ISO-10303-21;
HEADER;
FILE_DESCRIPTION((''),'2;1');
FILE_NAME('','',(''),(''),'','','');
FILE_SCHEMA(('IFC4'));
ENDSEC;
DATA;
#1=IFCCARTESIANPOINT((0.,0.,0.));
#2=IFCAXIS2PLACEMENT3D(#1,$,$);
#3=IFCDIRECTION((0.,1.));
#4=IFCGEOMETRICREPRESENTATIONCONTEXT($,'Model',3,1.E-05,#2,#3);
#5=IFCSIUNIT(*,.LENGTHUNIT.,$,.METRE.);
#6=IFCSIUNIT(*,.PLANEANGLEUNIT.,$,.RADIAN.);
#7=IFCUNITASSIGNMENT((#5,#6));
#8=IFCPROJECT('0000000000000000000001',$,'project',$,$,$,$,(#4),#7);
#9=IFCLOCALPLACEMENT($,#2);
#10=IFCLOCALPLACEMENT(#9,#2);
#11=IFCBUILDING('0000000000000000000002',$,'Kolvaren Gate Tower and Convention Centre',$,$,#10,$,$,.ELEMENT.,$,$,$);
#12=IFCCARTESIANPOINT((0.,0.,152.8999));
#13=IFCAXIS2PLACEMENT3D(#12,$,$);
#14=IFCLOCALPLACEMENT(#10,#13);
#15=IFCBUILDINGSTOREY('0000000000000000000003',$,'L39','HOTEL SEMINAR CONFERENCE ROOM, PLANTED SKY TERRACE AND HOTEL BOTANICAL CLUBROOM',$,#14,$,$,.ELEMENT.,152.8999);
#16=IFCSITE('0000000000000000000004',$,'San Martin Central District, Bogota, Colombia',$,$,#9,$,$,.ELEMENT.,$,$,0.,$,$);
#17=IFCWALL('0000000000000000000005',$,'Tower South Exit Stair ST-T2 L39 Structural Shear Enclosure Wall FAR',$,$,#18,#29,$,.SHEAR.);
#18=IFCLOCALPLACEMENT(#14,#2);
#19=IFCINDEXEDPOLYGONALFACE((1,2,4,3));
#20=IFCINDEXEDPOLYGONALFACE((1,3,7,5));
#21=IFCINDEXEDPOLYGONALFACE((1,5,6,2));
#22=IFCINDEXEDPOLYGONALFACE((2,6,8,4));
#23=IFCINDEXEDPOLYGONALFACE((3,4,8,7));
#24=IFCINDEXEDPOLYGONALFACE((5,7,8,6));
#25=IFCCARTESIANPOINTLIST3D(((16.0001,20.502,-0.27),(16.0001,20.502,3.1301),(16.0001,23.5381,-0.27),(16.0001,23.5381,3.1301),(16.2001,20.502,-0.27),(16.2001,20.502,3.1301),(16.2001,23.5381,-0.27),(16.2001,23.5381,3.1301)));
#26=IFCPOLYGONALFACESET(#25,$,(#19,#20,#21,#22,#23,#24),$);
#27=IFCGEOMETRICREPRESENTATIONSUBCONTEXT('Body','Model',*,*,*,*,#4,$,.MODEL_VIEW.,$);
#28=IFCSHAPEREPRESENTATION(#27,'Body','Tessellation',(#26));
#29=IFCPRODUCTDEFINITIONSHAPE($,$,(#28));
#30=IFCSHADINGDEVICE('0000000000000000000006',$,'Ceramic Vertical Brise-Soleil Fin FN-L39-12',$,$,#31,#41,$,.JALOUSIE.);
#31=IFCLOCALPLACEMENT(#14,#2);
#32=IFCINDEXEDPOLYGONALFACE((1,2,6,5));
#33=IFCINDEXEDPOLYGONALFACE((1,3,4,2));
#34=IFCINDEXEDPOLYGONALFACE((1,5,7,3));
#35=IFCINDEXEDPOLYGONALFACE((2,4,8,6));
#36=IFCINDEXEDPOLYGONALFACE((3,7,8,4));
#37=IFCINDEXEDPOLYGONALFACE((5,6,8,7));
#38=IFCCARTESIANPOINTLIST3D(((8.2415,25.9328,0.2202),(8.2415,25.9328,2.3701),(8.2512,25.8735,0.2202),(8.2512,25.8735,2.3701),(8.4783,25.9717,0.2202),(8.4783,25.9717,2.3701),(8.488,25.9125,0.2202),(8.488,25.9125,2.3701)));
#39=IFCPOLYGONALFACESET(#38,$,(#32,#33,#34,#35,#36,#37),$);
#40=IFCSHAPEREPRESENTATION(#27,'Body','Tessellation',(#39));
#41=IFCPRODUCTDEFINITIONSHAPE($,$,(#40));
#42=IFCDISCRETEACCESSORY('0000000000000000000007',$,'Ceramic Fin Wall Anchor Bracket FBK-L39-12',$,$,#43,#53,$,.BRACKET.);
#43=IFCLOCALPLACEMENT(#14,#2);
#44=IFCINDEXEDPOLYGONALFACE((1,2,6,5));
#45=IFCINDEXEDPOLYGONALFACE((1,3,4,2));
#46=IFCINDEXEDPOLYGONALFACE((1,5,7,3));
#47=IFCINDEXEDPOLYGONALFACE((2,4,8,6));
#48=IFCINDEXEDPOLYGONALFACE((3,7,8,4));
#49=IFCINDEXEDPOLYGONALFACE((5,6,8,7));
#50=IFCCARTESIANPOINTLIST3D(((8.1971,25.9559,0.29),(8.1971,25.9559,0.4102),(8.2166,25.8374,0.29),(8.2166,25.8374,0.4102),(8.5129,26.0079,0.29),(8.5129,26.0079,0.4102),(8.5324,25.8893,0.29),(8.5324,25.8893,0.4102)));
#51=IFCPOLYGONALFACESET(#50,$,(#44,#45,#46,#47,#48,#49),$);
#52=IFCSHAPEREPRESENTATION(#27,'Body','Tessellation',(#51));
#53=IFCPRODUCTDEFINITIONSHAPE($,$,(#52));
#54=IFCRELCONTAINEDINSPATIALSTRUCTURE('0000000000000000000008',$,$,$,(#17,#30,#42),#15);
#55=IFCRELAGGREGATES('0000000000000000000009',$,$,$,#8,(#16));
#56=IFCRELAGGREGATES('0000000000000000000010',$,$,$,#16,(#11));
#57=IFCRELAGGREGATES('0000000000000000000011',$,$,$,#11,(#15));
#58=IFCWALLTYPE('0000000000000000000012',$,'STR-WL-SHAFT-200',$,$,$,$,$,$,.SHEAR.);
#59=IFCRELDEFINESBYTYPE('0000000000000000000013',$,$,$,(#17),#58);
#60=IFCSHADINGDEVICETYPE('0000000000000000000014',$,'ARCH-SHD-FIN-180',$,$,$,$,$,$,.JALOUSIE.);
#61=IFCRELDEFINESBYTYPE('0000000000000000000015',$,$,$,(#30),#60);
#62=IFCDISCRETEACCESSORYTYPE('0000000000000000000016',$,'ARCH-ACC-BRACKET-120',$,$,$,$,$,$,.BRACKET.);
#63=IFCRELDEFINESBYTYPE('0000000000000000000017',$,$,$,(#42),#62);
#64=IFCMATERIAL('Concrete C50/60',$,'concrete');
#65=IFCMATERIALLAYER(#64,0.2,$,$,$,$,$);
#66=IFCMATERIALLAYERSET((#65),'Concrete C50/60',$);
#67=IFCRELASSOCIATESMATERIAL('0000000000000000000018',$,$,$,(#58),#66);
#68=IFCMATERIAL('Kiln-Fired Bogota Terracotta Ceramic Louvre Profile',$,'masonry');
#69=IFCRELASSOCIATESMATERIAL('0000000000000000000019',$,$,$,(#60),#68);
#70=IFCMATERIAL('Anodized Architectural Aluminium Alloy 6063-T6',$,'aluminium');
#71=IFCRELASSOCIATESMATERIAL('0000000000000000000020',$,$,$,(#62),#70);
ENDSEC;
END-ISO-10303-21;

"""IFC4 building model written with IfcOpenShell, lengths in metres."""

from ifc_helpers import new_model, si_unit, direction, frame, frame_2d, origin, origin_2d, place, context, subcontext, project, spatial, rectangle, extrude, material, layer, layer_set, type_object, element, save


model = new_model("IFC4")

# Units and contexts
model_context = context("Model", 3, precision=1e-05, world=origin(), true_north=direction((0.0, 1.0)))
body_context = subcontext(model_context, "Body", "Model", "MODEL_VIEW")
ifc_project = project(units=[si_unit("LENGTHUNIT", "METRE"), si_unit("PLANEANGLEUNIT", "RADIAN")], contexts=[model_context])

# Site, building, storey
site_placement = place(None, origin())
site = spatial("IfcSite", under=ifc_project, at=site_placement, Name="San Martin Central District, Bogota, Colombia", CompositionType="ELEMENT", RefElevation=0.0)
building_placement = place(site_placement, origin())
building = spatial("IfcBuilding", under=site, at=building_placement, Name="Kolvaren Gate Tower and Convention Centre", CompositionType="ELEMENT")
storey_placement = place(building_placement, frame((0.0, 0.0, 152.8999)))
storey = spatial("IfcBuildingStorey", under=building, at=storey_placement, Name="L39", Description="HOTEL SEMINAR CONFERENCE ROOM, PLANTED SKY TERRACE AND HOTEL BOTANICAL CLUBROOM", CompositionType="ELEMENT", Elevation=152.8999)

# Wall
ifc_material_1 = material(Name="Concrete C50/60", Category="concrete")
ifc_layer_1 = layer(ifc_material_1, 0.2)
ifc_layer_set_1 = layer_set([ifc_layer_1], Name="Concrete C50/60")
wall_type_1 = type_object("IfcWallType", Name="STR-WL-SHAFT-200", PredefinedType="SHEAR", material=ifc_layer_set_1)
wall_1_placement = place(storey_placement, frame((16.1001, 20.502, -0.27), z_axis=(0.0, 0.0, 1.0), x_axis=(0.0, 1.0, 0.0)))
element("IfcWall", 1, at=wall_1_placement, inside=storey, type_object=wall_type_1, Name="Tower South Exit Stair ST-T2 L39 Structural Shear Enclosure Wall FAR", PredefinedType="SHEAR", context=body_context, shape_type="SweptSolid", body=[
    extrude(rectangle(XDim=3.0361, YDim=0.2, at=frame_2d((1.5181, 0.0))), origin(), (0.0, 0.0, 1.0), 3.4001),
])

# Shading device
ifc_material_2 = material(Name="Kiln-Fired Bogota Terracotta Ceramic Louvre Profile", Category="masonry")
shading_device_type = type_object("IfcShadingDeviceType", Name="ARCH-SHD-FIN-180", PredefinedType="JALOUSIE", material=ifc_material_2)
shading_device_placement = place(storey_placement, frame((8.3647, 25.9226, 0.2202), z_axis=(0.0, 0.0, 1.0), x_axis=(0.162381, -0.986728, 0.0)))
element("IfcShadingDevice", 2, at=shading_device_placement, inside=storey, type_object=shading_device_type, Name="Ceramic Vertical Brise-Soleil Fin FN-L39-12", PredefinedType="JALOUSIE", context=body_context, shape_type="SweptSolid", body=[
    extrude(rectangle(XDim=0.0601, YDim=0.24, at=origin_2d()), origin(), (0.0, 0.0, 1.0), 2.1499),
])

# Discrete accessory
ifc_material_3 = material(Name="Anodized Architectural Aluminium Alloy 6063-T6", Category="aluminium")
discrete_accessory_type = type_object("IfcDiscreteAccessoryType", Name="ARCH-ACC-BRACKET-120", PredefinedType="BRACKET", material=ifc_material_3)
discrete_accessory_placement = place(storey_placement, frame((8.3647, 25.9226, 0.29), z_axis=(0.0, 0.0, 1.0), x_axis=(0.162381, -0.986728, 0.0)))
element("IfcDiscreteAccessory", 3, at=discrete_accessory_placement, inside=storey, type_object=discrete_accessory_type, Name="Ceramic Fin Wall Anchor Bracket FBK-L39-12", PredefinedType="BRACKET", context=body_context, shape_type="SweptSolid", body=[
    extrude(rectangle(XDim=0.1201, YDim=0.3201, at=origin_2d()), origin(), (0.0, 0.0, 1.0), 0.1201),
])

save(model, "model.ifc")
